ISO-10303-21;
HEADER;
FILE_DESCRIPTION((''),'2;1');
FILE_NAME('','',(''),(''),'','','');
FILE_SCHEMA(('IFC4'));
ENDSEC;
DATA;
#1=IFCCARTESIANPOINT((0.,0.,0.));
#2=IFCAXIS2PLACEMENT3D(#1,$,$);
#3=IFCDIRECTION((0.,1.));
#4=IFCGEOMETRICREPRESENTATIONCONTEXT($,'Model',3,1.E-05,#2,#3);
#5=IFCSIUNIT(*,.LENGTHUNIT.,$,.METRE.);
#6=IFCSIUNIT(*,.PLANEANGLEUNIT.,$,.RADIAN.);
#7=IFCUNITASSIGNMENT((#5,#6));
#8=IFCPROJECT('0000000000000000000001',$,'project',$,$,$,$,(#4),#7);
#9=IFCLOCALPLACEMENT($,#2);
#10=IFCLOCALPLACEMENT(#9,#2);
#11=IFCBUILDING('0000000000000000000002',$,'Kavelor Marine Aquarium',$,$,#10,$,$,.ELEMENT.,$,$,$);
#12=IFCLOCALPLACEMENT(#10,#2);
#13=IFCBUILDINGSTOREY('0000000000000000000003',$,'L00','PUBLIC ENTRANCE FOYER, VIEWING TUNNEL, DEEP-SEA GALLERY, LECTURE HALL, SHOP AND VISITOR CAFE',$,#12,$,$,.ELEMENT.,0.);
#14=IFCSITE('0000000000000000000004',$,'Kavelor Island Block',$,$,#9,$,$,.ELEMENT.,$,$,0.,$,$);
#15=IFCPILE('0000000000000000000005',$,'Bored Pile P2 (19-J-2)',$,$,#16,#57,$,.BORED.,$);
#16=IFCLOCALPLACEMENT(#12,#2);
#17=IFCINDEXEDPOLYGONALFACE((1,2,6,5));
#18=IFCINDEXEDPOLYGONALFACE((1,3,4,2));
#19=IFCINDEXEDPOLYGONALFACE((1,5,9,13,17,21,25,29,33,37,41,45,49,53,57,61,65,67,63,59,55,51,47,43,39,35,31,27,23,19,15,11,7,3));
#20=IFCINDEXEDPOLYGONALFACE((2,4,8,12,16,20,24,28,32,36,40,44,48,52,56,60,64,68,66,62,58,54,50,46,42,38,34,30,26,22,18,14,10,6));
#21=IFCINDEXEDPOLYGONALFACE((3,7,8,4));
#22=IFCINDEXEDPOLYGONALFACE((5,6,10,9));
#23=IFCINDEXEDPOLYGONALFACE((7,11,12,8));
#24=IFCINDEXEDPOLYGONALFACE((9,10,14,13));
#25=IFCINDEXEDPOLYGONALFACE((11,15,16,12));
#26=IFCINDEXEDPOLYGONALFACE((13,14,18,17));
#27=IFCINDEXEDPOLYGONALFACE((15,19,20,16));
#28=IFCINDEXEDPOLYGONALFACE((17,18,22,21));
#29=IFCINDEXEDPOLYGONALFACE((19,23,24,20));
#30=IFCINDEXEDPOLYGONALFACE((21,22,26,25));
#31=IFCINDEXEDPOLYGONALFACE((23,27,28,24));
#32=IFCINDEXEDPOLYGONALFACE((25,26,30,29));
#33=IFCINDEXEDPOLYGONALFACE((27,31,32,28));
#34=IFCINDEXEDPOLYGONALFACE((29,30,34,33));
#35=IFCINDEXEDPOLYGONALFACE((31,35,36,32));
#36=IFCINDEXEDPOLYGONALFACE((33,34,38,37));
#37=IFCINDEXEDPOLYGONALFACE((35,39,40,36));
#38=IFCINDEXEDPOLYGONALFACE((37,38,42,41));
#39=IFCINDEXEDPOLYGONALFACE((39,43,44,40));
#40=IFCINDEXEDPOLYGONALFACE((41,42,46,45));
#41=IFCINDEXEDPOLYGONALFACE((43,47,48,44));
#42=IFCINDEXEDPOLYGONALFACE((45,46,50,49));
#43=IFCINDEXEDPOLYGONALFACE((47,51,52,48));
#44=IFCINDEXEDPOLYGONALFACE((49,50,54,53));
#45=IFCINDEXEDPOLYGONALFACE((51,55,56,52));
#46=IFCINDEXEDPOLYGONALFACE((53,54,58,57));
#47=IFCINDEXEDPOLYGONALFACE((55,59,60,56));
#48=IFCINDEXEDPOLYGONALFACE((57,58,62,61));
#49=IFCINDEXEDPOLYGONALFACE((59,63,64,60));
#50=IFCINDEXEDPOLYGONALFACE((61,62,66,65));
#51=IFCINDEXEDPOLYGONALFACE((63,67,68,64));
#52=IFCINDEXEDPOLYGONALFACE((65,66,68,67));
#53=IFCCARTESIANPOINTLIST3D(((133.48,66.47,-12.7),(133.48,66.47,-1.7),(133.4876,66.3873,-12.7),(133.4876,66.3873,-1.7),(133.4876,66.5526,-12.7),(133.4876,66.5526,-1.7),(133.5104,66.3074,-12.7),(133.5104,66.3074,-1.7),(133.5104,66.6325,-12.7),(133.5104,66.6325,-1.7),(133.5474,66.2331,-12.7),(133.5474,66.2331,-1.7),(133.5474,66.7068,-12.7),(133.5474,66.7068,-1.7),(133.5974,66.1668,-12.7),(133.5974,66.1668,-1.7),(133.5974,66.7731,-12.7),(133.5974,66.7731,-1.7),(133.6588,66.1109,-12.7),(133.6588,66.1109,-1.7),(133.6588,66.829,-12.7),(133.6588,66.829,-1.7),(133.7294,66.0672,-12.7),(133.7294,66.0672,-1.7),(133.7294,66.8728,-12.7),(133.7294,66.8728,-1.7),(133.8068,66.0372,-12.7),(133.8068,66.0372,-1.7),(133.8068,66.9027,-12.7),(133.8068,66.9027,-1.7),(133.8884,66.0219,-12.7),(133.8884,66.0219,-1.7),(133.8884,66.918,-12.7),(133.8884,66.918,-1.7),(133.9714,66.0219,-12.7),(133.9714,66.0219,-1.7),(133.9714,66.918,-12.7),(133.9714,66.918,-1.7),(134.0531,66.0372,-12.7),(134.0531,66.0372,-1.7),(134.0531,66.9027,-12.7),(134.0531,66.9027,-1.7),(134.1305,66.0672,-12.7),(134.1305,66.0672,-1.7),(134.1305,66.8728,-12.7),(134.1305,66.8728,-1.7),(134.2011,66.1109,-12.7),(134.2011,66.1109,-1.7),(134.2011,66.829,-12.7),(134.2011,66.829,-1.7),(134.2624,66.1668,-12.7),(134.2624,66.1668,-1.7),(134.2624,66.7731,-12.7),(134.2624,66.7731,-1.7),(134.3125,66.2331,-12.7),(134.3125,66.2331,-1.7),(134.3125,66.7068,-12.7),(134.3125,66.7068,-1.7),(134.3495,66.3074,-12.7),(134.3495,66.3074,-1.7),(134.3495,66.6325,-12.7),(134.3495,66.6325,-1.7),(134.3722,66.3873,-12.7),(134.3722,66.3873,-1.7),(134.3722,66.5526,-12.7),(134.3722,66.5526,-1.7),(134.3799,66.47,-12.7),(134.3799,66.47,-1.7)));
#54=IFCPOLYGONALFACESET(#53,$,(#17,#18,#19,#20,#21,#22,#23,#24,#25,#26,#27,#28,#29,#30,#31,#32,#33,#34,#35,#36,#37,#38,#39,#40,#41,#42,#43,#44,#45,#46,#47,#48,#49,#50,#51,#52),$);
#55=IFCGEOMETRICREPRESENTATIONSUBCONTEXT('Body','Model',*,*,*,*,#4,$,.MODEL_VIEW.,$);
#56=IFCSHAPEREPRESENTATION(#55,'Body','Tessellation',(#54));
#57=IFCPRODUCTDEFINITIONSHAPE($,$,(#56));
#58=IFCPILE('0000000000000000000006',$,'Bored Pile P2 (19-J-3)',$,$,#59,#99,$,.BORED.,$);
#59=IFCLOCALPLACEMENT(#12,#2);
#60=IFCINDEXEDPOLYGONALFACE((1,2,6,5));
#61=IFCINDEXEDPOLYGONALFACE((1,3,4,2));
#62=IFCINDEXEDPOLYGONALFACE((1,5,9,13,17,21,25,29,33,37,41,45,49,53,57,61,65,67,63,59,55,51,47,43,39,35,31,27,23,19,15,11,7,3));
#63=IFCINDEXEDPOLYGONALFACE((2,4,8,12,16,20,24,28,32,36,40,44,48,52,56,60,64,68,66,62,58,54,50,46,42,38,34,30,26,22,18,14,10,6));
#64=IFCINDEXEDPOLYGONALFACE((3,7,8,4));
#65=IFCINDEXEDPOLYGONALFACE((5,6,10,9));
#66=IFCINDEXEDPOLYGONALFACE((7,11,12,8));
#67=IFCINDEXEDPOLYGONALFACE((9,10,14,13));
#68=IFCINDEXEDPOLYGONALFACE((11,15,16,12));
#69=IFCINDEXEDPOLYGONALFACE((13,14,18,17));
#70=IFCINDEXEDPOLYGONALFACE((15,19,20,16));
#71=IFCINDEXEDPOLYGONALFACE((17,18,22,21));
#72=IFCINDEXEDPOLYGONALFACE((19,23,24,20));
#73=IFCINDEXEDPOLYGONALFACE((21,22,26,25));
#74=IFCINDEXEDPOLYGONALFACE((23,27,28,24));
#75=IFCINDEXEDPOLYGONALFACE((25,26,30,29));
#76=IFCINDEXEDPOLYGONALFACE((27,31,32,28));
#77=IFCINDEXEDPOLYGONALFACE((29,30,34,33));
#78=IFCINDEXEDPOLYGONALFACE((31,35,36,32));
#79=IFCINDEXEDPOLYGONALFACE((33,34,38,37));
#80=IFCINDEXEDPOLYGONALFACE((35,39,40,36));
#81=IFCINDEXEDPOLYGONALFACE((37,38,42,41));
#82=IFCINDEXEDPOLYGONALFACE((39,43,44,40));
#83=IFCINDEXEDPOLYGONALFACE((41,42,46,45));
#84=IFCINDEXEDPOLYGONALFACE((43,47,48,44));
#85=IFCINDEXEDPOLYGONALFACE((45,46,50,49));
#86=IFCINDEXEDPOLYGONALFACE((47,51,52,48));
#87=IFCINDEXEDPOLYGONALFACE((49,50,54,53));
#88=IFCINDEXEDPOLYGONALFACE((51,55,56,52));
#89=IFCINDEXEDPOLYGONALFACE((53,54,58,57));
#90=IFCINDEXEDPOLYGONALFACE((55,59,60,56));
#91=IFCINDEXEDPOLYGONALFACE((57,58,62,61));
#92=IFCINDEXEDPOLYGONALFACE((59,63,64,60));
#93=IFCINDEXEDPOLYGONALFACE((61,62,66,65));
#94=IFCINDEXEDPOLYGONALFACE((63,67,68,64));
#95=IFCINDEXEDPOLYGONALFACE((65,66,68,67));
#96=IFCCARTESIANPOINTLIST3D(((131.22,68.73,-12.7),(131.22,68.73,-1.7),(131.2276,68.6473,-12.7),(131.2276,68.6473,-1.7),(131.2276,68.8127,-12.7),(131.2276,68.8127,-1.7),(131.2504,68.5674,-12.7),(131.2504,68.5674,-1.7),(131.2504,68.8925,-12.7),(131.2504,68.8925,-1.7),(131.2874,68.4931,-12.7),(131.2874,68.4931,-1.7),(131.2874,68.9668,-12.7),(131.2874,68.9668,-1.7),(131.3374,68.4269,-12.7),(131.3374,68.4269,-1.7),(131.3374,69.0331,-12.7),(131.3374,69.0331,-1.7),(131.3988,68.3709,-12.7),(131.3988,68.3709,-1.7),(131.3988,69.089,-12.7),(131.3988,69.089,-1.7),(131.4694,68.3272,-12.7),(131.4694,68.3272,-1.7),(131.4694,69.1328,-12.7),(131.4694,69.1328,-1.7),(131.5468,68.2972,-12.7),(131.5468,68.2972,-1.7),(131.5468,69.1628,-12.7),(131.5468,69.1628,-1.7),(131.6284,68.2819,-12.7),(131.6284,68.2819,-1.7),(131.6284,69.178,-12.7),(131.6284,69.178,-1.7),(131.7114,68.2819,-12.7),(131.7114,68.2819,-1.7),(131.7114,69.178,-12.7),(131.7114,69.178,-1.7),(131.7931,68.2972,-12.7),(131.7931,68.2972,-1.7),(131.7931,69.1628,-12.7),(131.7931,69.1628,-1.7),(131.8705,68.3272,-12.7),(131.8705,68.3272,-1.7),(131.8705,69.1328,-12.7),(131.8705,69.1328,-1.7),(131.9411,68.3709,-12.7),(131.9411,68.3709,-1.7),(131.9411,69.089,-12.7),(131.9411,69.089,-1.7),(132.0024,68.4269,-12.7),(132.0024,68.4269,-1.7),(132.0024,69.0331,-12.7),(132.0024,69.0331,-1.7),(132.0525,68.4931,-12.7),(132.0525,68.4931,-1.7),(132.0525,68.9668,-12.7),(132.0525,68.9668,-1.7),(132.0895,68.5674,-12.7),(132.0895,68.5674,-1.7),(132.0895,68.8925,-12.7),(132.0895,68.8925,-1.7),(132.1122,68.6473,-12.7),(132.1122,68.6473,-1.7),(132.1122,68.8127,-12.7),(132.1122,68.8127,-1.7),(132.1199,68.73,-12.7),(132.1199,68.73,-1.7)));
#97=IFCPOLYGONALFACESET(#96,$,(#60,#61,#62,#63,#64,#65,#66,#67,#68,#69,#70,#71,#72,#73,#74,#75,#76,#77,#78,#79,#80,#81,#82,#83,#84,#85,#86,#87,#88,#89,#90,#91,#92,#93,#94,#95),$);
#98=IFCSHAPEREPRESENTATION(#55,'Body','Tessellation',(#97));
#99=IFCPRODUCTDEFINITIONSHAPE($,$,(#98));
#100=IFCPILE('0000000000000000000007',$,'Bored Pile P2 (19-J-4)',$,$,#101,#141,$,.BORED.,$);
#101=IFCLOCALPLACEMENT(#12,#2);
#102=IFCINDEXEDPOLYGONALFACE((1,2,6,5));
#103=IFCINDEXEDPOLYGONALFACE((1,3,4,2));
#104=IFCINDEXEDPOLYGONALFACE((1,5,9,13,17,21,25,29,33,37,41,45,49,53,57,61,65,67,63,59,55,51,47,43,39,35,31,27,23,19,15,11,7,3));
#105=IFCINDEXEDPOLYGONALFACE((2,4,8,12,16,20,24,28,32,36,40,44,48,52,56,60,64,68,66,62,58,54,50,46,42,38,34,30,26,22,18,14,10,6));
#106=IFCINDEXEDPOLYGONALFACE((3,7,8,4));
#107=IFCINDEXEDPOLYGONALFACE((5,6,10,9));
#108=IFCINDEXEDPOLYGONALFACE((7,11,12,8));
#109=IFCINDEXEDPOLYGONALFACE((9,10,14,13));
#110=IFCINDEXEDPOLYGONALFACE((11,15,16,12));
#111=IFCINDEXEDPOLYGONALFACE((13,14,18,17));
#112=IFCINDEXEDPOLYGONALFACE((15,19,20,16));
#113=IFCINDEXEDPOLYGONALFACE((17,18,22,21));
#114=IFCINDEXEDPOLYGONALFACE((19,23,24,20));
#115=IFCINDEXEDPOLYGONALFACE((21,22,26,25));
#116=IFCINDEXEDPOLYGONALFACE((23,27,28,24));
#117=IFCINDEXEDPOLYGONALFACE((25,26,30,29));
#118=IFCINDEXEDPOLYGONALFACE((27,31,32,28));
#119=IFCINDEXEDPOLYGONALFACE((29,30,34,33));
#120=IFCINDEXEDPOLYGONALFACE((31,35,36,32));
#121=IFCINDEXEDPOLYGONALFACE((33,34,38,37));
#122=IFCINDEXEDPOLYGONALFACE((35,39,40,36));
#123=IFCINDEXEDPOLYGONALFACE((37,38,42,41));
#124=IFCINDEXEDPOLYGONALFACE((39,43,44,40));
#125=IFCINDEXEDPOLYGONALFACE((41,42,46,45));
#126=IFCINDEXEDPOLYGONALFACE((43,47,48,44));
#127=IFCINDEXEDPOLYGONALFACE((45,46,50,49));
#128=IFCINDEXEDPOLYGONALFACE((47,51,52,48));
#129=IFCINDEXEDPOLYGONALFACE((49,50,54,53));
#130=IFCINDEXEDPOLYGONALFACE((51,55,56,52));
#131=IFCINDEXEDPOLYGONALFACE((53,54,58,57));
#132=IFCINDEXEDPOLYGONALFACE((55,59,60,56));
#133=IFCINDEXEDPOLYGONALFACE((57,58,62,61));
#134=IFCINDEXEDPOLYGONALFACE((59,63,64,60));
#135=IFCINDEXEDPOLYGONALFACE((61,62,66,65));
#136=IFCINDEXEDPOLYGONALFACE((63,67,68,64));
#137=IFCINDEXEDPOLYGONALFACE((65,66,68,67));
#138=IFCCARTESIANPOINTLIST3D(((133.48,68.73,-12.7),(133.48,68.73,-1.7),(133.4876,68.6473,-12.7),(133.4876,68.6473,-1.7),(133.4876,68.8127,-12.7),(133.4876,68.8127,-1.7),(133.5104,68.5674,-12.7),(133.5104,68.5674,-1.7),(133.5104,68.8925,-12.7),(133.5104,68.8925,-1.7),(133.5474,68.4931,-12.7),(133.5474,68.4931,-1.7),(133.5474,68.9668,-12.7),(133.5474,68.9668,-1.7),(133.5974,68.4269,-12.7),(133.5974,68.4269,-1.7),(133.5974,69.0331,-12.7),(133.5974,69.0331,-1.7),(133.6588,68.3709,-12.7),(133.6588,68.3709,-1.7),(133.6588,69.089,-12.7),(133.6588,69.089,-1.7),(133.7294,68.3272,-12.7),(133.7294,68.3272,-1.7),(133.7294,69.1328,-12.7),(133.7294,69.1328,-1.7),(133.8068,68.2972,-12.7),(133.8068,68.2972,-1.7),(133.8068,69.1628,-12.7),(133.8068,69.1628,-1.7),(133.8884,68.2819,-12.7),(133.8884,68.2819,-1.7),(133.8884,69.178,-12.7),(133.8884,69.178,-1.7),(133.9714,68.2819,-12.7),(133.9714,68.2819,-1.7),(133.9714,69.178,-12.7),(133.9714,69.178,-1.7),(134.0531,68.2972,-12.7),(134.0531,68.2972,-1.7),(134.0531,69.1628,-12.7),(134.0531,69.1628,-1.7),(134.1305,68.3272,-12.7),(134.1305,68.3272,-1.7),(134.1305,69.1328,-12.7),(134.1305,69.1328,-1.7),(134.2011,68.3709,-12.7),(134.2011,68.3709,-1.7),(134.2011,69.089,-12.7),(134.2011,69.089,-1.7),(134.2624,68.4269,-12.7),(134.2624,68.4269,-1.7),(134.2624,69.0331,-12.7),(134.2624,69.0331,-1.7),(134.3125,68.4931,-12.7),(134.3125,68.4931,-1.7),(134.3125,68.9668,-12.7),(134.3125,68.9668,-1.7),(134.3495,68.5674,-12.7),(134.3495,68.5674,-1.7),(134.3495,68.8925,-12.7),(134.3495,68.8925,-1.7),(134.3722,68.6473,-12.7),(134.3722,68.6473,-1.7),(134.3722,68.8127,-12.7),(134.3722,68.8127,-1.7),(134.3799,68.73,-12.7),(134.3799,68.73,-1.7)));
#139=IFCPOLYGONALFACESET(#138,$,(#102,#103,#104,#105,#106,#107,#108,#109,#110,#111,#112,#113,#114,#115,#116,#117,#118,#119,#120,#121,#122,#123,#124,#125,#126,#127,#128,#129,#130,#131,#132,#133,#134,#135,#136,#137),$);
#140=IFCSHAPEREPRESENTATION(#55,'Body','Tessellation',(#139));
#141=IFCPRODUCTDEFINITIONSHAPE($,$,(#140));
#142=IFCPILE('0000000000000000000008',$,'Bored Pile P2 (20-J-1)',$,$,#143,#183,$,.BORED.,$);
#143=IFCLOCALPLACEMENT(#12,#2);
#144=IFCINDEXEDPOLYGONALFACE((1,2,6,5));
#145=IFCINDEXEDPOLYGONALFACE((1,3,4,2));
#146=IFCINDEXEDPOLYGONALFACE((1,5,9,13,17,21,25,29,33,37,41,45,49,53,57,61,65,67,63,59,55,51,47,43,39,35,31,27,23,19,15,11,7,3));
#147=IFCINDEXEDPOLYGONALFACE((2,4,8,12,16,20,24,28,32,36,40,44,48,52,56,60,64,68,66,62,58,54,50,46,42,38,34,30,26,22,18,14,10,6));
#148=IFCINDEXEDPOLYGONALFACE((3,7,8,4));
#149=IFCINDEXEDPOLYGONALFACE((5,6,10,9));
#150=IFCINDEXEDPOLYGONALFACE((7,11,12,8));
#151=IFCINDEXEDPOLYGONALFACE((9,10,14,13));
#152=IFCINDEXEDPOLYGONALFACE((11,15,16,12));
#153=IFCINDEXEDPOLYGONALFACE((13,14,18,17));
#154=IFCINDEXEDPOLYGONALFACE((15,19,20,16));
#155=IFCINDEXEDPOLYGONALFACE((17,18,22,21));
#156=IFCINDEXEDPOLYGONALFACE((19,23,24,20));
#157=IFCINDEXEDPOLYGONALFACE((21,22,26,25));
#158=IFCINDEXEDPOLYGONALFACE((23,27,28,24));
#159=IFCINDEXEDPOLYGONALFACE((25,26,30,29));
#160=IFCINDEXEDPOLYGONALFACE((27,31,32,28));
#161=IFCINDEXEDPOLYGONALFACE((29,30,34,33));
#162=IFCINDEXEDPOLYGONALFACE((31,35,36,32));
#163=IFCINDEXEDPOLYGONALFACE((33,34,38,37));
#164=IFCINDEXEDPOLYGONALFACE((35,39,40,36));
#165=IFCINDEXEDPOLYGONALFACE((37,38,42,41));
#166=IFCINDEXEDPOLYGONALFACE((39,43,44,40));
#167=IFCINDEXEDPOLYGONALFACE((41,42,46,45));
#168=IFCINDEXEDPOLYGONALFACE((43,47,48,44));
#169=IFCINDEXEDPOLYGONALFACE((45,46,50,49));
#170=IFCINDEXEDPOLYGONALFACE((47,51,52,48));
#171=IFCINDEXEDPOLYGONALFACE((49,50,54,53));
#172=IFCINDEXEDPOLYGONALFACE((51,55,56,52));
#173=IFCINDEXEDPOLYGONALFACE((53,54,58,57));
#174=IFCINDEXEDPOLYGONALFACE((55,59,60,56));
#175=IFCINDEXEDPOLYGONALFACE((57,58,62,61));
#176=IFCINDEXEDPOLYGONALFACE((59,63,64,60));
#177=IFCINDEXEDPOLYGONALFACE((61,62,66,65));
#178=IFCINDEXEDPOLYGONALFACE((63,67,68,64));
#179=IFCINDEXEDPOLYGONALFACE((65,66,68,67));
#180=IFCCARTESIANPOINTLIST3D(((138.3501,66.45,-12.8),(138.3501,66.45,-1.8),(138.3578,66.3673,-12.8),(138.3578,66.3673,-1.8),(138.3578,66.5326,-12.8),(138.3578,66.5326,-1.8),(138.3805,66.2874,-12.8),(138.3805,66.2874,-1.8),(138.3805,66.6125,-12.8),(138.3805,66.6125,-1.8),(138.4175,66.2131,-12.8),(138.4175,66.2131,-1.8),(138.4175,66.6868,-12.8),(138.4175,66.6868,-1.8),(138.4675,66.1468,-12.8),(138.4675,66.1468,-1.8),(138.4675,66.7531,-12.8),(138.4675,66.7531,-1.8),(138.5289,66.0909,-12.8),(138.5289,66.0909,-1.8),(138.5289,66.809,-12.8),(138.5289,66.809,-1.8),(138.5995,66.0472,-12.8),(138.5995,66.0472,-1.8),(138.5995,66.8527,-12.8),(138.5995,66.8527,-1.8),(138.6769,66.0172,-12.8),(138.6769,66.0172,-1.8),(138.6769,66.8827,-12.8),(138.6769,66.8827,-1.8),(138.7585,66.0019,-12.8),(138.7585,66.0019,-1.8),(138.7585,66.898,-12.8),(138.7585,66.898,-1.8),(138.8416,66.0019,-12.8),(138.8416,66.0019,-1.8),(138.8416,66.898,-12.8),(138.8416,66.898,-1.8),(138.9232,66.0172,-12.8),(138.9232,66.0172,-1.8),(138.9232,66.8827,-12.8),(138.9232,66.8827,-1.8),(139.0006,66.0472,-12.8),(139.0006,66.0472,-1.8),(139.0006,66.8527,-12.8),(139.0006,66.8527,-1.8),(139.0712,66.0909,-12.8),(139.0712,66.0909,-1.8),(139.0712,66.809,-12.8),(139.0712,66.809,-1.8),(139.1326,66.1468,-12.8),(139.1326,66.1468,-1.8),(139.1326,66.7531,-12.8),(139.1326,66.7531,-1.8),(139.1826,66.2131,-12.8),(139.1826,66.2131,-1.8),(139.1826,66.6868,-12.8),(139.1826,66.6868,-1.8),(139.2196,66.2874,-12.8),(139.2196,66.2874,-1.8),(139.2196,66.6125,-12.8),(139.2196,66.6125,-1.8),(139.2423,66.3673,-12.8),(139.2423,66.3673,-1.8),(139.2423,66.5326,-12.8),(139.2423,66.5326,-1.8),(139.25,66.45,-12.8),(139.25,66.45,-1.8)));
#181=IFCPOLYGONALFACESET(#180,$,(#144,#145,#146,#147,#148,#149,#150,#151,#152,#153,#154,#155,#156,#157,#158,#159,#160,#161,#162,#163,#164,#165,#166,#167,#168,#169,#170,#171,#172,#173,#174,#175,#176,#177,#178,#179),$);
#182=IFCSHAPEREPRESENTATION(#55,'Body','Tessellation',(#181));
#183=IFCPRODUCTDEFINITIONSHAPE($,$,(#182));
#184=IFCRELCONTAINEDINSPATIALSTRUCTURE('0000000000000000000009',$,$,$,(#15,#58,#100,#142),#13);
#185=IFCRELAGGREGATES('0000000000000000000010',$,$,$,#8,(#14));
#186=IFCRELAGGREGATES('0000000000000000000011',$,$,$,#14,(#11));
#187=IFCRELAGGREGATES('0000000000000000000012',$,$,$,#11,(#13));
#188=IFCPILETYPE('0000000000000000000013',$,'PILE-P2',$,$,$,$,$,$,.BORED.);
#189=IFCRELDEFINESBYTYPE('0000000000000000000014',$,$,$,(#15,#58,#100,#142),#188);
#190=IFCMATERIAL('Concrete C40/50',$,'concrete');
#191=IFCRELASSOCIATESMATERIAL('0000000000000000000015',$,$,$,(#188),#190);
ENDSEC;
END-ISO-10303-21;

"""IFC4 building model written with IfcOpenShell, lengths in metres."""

from ifc_helpers import new_model, si_unit, direction, frame, origin, origin_2d, place, context, subcontext, project, spatial, circle, extrude, material, material_profile, profile_set, type_object, element, save


model = new_model("IFC4")

# Units and contexts
model_context = context("Model", 3, precision=1e-05, world=origin(), true_north=direction((0.0, 1.0)))
body_context = subcontext(model_context, "Body", "Model", "MODEL_VIEW")
ifc_project = project(units=[si_unit("LENGTHUNIT", "METRE"), si_unit("PLANEANGLEUNIT", "RADIAN")], contexts=[model_context])

# Site, building, storey
site_placement = place(None, origin())
site = spatial("IfcSite", under=ifc_project, at=site_placement, Name="Kavelor Island Block", CompositionType="ELEMENT", RefElevation=0.0)
building_placement = place(site_placement, origin())
building = spatial("IfcBuilding", under=site, at=building_placement, Name="Kavelor Marine Aquarium", CompositionType="ELEMENT")
storey_placement = place(building_placement, origin())
storey = spatial("IfcBuildingStorey", under=building, at=storey_placement, Name="L00", Description="PUBLIC ENTRANCE FOYER, VIEWING TUNNEL, DEEP-SEA GALLERY, LECTURE HALL, SHOP AND VISITOR CAFE", CompositionType="ELEMENT", Elevation=0.0)

# Piles
ifc_material_1 = material(Name="Concrete C40/50", Category="concrete")
ifc_material_profile_1 = material_profile(ifc_material_1, circle(Radius=0.45, at=origin_2d()), Name="PILE D900")
ifc_profile_set_1 = profile_set([ifc_material_profile_1], Name="Concrete C40/50")
pile_type_1 = type_object("IfcPileType", Name="PILE-P2", PredefinedType="BORED", material=ifc_profile_set_1)
for number, where, z_axis, x_axis, name in (
    (1, (133.9299, 66.47, -1.7), (0.0, 0.0, -1.0), (1.0, 0.0, 0.0), "Bored Pile P2 (19-J-2)"),
    (2, (131.6699, 68.73, -1.7), (0.0, 0.0, -1.0), (1.0, 0.0, 0.0), "Bored Pile P2 (19-J-3)"),
    (3, (133.9299, 68.73, -1.7), (0.0, 0.0, -1.0), (1.0, 0.0, 0.0), "Bored Pile P2 (19-J-4)"),
    (4, (138.8, 66.45, -1.8), (0.0, 0.0, -1.0), (1.0, 0.0, 0.0), "Bored Pile P2 (20-J-1)"),
):
    element("IfcPile", number, at=place(storey_placement, frame(where, z_axis=z_axis, x_axis=x_axis)), inside=storey, type_object=pile_type_1, Name=name, PredefinedType="BORED", context=body_context, shape_type="SweptSolid", body=[
        extrude(circle(Radius=0.45, at=origin_2d()), origin(), (0.0, 0.0, 1.0), 11.0),
    ])

save(model, "model.ifc")
